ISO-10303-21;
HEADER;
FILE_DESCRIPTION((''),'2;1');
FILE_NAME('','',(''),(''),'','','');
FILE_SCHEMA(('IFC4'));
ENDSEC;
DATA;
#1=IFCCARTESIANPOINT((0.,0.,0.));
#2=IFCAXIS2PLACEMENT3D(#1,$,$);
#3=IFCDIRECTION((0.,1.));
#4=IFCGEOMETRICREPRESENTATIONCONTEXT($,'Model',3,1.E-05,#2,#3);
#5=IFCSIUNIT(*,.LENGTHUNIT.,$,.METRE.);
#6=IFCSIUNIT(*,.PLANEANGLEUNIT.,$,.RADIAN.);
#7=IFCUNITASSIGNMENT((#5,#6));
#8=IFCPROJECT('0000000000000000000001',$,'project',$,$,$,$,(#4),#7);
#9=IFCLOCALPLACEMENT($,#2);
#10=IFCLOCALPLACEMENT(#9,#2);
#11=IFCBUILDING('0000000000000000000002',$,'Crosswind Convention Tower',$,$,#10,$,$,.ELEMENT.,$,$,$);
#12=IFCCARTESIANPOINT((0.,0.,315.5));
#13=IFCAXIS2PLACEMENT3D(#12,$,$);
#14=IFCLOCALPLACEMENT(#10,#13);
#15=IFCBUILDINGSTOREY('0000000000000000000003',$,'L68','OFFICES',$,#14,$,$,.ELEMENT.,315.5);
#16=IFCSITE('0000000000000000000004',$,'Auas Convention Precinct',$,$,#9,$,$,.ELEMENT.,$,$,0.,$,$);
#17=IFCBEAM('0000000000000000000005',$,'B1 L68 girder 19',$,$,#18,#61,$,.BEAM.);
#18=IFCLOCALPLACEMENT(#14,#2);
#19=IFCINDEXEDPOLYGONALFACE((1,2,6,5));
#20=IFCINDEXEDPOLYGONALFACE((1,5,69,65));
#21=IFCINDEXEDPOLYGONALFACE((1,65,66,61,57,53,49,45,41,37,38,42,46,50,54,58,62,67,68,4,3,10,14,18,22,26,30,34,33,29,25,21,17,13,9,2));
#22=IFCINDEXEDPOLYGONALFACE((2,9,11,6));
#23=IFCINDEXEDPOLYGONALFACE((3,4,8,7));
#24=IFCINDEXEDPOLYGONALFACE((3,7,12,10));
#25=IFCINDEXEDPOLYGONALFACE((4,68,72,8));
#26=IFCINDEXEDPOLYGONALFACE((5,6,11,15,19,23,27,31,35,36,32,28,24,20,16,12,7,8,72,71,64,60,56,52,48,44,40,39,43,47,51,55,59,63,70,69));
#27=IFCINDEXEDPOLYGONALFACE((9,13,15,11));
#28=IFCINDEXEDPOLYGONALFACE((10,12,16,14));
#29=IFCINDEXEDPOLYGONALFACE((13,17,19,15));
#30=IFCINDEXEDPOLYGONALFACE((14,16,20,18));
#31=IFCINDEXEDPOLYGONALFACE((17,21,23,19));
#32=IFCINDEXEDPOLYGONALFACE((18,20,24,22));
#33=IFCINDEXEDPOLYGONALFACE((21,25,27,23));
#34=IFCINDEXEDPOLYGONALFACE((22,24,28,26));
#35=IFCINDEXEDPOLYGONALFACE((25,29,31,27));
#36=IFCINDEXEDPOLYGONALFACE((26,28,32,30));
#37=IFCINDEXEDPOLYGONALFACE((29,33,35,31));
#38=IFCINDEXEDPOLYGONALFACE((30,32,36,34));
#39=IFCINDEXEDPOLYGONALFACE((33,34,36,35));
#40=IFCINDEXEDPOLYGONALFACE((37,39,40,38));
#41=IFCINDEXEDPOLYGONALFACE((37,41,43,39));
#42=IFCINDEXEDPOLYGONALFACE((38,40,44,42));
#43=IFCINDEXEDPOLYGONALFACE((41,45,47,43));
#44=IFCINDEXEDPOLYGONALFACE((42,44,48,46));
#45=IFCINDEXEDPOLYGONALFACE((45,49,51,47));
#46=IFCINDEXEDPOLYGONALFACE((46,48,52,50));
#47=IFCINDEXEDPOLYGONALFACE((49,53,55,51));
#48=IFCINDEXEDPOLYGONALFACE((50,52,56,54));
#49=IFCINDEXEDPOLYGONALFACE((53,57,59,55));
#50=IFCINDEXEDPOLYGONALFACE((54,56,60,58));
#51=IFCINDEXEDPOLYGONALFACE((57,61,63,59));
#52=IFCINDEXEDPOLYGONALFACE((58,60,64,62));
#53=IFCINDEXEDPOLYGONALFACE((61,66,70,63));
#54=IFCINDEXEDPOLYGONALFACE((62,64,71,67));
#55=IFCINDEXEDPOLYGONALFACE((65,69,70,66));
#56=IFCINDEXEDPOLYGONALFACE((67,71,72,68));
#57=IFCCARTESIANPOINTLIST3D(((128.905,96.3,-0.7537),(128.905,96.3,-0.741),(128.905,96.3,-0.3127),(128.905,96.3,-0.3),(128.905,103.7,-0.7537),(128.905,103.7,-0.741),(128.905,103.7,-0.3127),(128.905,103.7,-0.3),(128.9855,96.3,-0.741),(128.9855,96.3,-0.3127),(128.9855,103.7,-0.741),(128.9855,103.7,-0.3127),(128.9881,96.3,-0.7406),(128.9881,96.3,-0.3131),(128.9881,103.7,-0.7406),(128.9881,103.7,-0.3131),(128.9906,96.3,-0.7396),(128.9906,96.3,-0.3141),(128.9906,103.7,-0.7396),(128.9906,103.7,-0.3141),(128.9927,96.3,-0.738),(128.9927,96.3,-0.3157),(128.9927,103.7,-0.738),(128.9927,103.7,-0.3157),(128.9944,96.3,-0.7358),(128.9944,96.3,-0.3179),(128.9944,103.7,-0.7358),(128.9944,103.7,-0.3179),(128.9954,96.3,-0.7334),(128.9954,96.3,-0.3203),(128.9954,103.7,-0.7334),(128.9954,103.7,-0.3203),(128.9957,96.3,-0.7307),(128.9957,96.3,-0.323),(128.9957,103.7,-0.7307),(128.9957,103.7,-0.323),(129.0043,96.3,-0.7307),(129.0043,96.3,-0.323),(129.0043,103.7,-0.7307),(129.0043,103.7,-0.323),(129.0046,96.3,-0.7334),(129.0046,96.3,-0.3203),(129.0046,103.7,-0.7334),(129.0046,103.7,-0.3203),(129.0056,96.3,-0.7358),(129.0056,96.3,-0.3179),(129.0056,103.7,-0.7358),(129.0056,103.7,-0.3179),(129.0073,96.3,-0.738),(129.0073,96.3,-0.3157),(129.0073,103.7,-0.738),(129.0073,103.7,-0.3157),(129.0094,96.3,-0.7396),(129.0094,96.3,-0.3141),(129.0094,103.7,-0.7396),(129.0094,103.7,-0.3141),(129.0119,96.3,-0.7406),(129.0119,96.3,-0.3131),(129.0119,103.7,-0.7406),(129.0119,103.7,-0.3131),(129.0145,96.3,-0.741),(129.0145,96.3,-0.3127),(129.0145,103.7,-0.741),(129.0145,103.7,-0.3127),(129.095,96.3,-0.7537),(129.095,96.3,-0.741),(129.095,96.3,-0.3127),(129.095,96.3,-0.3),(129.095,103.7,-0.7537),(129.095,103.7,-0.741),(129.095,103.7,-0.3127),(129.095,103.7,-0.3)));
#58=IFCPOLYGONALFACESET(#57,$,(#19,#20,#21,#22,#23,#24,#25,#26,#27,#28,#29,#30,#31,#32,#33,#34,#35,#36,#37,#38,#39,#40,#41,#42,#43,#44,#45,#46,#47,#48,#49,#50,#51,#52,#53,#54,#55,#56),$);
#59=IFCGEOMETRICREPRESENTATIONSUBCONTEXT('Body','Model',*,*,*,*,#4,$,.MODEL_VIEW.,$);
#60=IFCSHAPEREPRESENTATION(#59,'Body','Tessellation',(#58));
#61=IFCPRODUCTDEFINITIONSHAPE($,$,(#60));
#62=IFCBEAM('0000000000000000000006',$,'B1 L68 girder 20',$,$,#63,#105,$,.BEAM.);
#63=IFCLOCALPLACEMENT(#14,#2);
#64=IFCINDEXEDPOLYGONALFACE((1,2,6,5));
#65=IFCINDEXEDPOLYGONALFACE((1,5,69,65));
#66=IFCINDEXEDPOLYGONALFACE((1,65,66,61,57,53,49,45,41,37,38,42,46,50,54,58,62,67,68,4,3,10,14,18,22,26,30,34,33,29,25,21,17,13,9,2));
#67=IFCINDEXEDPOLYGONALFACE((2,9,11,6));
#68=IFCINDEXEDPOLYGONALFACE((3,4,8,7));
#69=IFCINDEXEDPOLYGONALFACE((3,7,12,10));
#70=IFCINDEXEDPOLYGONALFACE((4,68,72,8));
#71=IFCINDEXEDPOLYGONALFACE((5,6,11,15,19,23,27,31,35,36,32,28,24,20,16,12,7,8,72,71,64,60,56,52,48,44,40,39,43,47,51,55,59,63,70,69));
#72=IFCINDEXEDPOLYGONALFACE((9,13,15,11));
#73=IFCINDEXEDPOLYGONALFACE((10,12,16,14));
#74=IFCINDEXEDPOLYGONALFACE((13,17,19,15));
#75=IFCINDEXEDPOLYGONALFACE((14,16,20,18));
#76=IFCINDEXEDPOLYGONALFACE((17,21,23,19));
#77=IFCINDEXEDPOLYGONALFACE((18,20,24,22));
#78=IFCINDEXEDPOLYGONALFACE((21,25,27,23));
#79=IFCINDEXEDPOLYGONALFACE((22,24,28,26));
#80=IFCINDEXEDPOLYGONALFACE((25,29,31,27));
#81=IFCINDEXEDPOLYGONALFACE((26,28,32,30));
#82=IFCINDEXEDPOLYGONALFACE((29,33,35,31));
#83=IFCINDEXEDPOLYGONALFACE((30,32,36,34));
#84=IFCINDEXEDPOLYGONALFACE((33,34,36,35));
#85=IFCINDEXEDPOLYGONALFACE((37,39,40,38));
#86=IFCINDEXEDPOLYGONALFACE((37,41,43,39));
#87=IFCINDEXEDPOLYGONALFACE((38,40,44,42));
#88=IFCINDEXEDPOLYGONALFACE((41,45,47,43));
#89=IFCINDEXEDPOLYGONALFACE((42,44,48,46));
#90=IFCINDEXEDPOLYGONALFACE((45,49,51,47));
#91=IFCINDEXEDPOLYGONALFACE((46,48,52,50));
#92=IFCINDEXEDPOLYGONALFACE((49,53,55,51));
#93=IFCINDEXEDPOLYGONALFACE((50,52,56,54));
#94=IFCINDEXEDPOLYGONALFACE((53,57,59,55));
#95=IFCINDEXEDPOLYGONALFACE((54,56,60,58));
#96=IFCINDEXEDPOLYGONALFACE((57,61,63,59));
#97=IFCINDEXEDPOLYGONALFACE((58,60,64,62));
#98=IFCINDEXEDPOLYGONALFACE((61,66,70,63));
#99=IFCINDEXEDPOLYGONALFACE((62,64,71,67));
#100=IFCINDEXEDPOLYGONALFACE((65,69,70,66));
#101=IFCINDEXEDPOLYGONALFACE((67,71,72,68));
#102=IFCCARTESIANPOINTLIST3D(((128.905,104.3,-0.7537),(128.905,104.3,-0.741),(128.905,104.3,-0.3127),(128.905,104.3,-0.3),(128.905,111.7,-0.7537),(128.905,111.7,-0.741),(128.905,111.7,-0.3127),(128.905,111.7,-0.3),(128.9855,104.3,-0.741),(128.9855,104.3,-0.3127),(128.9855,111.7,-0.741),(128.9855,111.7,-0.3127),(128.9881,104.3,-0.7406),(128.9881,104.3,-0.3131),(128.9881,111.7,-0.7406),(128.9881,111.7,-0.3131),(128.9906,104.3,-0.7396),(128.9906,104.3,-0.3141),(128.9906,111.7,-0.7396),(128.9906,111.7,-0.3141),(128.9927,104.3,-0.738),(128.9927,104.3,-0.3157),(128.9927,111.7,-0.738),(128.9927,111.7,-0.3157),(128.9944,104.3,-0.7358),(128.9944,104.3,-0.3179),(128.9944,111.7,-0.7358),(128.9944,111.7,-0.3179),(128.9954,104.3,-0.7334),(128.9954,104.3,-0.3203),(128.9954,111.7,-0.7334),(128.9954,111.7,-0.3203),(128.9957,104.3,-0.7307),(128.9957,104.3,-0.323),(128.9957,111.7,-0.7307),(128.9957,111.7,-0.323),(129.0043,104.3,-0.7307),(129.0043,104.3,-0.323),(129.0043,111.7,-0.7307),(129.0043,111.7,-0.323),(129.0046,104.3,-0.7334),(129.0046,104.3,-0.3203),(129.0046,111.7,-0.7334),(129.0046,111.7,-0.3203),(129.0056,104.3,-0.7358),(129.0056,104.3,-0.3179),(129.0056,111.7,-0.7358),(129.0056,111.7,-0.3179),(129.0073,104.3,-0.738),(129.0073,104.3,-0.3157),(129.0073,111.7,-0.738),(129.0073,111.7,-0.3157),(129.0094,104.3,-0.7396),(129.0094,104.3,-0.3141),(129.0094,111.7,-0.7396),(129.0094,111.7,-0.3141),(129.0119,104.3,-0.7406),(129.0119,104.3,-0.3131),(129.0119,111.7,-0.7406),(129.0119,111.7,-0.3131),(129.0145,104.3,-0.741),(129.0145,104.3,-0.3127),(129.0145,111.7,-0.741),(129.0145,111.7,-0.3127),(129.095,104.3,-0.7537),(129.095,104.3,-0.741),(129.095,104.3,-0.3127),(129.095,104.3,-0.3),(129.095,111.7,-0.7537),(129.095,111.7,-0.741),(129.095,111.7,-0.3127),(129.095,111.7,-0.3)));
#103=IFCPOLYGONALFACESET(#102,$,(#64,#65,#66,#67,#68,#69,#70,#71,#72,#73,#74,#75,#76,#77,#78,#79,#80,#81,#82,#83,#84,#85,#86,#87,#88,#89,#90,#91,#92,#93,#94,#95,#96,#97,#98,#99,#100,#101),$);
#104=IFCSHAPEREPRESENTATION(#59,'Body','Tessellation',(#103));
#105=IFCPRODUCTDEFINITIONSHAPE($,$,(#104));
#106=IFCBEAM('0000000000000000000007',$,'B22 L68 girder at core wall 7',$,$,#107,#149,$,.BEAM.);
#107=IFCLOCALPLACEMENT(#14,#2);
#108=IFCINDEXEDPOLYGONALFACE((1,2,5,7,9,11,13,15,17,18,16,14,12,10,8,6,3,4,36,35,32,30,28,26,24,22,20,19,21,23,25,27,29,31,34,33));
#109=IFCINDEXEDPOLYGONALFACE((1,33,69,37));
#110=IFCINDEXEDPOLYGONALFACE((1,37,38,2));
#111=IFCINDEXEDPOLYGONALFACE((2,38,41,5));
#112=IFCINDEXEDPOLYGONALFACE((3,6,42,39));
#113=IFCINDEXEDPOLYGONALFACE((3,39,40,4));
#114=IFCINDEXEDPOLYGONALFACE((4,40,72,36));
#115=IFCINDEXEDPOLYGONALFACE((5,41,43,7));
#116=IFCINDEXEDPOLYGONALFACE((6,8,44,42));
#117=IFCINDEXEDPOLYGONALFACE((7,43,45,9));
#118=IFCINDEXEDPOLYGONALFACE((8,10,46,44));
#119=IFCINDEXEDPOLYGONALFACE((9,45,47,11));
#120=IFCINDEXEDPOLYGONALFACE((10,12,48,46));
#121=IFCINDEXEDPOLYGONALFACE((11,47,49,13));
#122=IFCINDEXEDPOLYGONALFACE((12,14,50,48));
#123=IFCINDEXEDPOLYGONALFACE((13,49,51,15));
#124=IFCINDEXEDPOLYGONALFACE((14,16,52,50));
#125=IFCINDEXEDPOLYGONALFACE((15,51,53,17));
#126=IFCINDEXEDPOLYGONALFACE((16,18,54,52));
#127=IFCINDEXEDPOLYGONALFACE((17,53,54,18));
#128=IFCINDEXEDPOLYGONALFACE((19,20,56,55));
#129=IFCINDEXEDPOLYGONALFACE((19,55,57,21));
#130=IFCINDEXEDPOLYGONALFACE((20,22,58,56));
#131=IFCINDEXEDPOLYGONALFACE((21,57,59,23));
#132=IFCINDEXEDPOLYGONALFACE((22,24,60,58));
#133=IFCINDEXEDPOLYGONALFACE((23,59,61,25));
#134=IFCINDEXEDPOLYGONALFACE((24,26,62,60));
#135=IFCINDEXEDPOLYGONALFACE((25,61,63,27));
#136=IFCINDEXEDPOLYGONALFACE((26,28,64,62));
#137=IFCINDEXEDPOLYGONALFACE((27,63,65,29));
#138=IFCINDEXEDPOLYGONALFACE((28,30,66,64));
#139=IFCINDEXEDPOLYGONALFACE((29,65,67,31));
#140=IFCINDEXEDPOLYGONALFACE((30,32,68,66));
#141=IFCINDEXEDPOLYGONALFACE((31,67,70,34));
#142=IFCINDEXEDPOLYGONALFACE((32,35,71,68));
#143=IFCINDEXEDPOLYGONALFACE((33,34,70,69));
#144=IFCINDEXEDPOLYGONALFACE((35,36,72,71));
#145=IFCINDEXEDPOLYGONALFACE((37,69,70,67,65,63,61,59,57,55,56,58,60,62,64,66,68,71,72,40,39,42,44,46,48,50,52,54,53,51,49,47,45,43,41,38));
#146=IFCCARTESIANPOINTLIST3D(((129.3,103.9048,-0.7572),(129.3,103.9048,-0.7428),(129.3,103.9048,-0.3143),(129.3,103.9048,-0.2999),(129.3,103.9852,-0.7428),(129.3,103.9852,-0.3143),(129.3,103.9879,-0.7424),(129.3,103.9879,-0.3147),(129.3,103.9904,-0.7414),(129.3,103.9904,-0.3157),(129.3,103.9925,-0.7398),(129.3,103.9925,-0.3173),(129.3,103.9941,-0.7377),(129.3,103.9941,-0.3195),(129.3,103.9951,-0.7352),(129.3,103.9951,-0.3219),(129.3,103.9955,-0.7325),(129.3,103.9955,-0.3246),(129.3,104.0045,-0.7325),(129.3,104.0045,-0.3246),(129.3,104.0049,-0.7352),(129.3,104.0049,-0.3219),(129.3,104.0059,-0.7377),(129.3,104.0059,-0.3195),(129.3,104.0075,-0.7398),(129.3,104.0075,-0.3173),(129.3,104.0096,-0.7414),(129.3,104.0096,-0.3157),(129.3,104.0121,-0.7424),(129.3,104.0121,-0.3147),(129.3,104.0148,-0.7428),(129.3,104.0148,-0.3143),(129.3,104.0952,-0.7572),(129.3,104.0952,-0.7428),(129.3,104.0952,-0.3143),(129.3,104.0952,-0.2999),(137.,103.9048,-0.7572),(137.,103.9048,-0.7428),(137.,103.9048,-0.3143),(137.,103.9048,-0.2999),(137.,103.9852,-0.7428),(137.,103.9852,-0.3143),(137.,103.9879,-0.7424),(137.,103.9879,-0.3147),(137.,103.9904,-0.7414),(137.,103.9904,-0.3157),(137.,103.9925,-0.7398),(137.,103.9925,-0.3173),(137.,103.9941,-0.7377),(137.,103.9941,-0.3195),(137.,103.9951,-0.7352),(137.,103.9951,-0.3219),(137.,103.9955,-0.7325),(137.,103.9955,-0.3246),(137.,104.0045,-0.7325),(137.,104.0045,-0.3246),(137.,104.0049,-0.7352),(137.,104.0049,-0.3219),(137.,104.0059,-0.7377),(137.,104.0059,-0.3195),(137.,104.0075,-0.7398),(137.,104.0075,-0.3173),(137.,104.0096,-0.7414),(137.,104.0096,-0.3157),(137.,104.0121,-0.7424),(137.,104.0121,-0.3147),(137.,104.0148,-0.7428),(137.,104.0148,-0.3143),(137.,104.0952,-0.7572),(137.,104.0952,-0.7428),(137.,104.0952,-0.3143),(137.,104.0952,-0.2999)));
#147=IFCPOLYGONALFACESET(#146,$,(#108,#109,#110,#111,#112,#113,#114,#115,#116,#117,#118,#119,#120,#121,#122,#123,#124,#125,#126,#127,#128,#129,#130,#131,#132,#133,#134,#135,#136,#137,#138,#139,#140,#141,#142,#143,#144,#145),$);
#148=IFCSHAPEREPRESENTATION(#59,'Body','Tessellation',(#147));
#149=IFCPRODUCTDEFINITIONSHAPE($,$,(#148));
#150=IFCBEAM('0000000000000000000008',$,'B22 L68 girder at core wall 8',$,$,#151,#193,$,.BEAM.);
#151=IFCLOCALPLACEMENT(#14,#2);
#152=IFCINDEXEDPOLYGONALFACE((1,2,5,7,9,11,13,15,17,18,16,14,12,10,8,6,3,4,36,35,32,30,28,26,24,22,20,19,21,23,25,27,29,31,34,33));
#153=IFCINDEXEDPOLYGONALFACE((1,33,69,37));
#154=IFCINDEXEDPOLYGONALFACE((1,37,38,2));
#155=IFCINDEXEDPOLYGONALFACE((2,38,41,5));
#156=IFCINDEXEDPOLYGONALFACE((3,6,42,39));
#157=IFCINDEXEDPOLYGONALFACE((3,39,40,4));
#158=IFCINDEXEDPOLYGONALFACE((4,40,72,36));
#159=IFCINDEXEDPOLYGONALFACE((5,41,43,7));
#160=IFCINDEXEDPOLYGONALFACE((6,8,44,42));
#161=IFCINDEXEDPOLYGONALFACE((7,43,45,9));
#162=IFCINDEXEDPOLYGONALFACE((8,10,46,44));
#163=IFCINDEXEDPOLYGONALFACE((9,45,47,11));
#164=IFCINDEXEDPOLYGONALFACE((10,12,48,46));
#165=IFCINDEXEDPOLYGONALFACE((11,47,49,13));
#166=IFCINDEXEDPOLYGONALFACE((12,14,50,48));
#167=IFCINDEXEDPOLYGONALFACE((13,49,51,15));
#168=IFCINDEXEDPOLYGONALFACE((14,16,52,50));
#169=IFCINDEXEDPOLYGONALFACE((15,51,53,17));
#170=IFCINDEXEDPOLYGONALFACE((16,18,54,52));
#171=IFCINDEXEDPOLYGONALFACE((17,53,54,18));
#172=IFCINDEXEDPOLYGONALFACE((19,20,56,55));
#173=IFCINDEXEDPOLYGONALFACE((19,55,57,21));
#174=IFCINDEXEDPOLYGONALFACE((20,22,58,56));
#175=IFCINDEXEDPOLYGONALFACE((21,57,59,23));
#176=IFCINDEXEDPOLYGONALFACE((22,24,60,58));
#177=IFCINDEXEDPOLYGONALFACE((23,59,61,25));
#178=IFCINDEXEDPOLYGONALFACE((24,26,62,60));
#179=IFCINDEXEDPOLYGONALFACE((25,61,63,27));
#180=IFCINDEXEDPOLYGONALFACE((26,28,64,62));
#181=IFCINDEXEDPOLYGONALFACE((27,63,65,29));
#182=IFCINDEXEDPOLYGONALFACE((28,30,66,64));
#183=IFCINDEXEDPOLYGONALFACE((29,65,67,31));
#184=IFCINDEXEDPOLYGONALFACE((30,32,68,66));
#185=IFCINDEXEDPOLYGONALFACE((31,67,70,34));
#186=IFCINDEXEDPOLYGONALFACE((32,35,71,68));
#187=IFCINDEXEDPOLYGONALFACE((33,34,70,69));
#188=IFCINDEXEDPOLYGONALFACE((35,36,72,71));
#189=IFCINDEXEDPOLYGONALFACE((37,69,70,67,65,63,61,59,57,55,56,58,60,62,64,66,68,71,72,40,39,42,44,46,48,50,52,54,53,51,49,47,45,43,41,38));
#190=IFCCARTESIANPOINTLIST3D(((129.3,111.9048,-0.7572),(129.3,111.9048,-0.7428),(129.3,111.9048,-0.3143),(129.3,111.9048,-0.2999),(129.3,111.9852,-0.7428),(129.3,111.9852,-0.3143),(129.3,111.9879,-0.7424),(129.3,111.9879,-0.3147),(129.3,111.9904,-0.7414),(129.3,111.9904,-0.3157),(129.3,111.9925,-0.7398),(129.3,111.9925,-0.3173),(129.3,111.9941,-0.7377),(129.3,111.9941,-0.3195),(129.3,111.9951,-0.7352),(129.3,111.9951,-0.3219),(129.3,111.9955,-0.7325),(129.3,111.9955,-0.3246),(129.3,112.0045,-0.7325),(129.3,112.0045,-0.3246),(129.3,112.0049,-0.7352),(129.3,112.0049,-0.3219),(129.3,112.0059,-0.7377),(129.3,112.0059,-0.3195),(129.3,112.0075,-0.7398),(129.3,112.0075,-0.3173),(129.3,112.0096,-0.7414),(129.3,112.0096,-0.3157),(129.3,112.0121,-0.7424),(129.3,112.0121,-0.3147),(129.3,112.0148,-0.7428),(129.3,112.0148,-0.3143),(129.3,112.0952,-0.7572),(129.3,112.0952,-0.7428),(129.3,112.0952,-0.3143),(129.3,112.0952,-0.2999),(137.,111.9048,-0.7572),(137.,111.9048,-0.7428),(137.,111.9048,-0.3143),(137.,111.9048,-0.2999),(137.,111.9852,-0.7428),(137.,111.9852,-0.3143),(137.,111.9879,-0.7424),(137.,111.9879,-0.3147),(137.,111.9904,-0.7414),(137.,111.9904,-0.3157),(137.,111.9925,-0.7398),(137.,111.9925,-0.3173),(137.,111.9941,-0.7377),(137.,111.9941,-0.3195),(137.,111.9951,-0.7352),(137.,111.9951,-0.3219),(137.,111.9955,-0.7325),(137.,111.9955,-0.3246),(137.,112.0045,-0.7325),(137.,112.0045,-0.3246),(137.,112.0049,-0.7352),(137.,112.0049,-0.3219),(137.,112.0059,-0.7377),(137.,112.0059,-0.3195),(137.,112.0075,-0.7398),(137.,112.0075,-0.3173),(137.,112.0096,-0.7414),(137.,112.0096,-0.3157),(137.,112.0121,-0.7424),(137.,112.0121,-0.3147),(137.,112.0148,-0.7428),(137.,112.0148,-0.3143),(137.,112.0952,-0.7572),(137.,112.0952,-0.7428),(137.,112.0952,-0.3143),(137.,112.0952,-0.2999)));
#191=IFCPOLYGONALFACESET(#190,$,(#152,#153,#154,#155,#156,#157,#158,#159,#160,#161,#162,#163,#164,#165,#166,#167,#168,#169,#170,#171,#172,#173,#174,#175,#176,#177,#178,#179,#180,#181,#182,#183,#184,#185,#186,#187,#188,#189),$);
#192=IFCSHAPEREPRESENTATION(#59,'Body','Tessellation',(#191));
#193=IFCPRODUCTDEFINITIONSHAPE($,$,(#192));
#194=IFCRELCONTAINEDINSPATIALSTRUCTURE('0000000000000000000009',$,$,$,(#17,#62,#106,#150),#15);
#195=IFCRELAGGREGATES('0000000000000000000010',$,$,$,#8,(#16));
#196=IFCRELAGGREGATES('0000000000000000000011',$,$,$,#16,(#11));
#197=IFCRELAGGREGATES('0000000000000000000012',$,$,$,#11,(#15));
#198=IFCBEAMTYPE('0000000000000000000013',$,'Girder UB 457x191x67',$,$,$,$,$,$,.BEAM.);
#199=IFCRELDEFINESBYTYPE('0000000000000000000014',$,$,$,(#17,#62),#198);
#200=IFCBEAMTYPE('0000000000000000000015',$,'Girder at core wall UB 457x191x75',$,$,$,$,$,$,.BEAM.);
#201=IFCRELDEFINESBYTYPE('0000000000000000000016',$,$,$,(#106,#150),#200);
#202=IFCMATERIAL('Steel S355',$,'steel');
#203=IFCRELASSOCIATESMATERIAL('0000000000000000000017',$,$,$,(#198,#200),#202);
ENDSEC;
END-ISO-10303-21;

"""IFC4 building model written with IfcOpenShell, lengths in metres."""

from ifc_helpers import new_model, si_unit, direction, frame, origin, origin_2d, place, context, subcontext, project, spatial, i_section, extrude, material, material_profile, profile_set, type_object, element, save


model = new_model("IFC4")

# Units and contexts
model_context = context("Model", 3, precision=1e-05, world=origin(), true_north=direction((0.0, 1.0)))
body_context = subcontext(model_context, "Body", "Model", "MODEL_VIEW")
ifc_project = project(units=[si_unit("LENGTHUNIT", "METRE"), si_unit("PLANEANGLEUNIT", "RADIAN")], contexts=[model_context])

# Site, building, storey
site_placement = place(None, origin())
site = spatial("IfcSite", under=ifc_project, at=site_placement, Name="Auas Convention Precinct", CompositionType="ELEMENT", RefElevation=0.0)
building_placement = place(site_placement, origin())
building = spatial("IfcBuilding", under=site, at=building_placement, Name="Crosswind Convention Tower", CompositionType="ELEMENT")
storey_placement = place(building_placement, frame((0.0, 0.0, 315.5)))
storey = spatial("IfcBuildingStorey", under=building, at=storey_placement, Name="L68", Description="OFFICES", CompositionType="ELEMENT", Elevation=315.5)

# Beams
ifc_material_1 = material(Name="Steel S355", Category="steel")
ifc_material_profile_1 = material_profile(ifc_material_1, i_section(OverallWidth=0.1899, OverallDepth=0.4536, WebThickness=0.0085, FlangeThickness=0.0127, FilletRadius=0.0103, at=origin_2d()), Name="UB 457x191x67")
ifc_profile_set_1 = profile_set([ifc_material_profile_1], Name="Steel S355")
beam_type_1 = type_object("IfcBeamType", Name="Girder UB 457x191x67", PredefinedType="BEAM", material=ifc_profile_set_1)
for number, where, z_axis, x_axis, name in (
    (1, (129.0, 96.3, -0.5269), (0.0, 1.0, 0.0), (-1.0, 0.0, 0.0), "B1 L68 girder 19"),
    (2, (129.0, 104.3, -0.5269), (0.0, 1.0, 0.0), (-1.0, 0.0, 0.0), "B1 L68 girder 20"),
):
    element("IfcBeam", number, at=place(storey_placement, frame(where, z_axis=z_axis, x_axis=x_axis)), inside=storey, type_object=beam_type_1, Name=name, PredefinedType="BEAM", context=body_context, shape_type="SweptSolid", body=[
        extrude(i_section(OverallWidth=0.1899, OverallDepth=0.4536, WebThickness=0.0085, FlangeThickness=0.0127, FilletRadius=0.0103, at=origin_2d()), origin(), (0.0, 0.0, 1.0), 7.3999),
    ])
ifc_material_profile_2 = material_profile(ifc_material_1, i_section(OverallWidth=0.1904, OverallDepth=0.4573, WebThickness=0.009, FlangeThickness=0.0144, FilletRadius=0.0103, at=origin_2d()), Name="UB 457x191x75")
ifc_profile_set_2 = profile_set([ifc_material_profile_2], Name="Steel S355")
beam_type_2 = type_object("IfcBeamType", Name="Girder at core wall UB 457x191x75", PredefinedType="BEAM", material=ifc_profile_set_2)
for number, where, z_axis, x_axis, name in (
    (3, (129.3, 104.0, -0.5286), (1.0, 0.0, 0.0), (0.0, 1.0, 0.0), "B22 L68 girder at core wall 7"),
    (4, (129.3, 112.0, -0.5286), (1.0, 0.0, 0.0), (0.0, 1.0, 0.0), "B22 L68 girder at core wall 8"),
):
    element("IfcBeam", number, at=place(storey_placement, frame(where, z_axis=z_axis, x_axis=x_axis)), inside=storey, type_object=beam_type_2, Name=name, PredefinedType="BEAM", context=body_context, shape_type="SweptSolid", body=[
        extrude(i_section(OverallWidth=0.1904, OverallDepth=0.4573, WebThickness=0.009, FlangeThickness=0.0144, FilletRadius=0.0103, at=origin_2d()), origin(), (0.0, 0.0, 1.0), 7.7),
    ])

save(model, "model.ifc")
